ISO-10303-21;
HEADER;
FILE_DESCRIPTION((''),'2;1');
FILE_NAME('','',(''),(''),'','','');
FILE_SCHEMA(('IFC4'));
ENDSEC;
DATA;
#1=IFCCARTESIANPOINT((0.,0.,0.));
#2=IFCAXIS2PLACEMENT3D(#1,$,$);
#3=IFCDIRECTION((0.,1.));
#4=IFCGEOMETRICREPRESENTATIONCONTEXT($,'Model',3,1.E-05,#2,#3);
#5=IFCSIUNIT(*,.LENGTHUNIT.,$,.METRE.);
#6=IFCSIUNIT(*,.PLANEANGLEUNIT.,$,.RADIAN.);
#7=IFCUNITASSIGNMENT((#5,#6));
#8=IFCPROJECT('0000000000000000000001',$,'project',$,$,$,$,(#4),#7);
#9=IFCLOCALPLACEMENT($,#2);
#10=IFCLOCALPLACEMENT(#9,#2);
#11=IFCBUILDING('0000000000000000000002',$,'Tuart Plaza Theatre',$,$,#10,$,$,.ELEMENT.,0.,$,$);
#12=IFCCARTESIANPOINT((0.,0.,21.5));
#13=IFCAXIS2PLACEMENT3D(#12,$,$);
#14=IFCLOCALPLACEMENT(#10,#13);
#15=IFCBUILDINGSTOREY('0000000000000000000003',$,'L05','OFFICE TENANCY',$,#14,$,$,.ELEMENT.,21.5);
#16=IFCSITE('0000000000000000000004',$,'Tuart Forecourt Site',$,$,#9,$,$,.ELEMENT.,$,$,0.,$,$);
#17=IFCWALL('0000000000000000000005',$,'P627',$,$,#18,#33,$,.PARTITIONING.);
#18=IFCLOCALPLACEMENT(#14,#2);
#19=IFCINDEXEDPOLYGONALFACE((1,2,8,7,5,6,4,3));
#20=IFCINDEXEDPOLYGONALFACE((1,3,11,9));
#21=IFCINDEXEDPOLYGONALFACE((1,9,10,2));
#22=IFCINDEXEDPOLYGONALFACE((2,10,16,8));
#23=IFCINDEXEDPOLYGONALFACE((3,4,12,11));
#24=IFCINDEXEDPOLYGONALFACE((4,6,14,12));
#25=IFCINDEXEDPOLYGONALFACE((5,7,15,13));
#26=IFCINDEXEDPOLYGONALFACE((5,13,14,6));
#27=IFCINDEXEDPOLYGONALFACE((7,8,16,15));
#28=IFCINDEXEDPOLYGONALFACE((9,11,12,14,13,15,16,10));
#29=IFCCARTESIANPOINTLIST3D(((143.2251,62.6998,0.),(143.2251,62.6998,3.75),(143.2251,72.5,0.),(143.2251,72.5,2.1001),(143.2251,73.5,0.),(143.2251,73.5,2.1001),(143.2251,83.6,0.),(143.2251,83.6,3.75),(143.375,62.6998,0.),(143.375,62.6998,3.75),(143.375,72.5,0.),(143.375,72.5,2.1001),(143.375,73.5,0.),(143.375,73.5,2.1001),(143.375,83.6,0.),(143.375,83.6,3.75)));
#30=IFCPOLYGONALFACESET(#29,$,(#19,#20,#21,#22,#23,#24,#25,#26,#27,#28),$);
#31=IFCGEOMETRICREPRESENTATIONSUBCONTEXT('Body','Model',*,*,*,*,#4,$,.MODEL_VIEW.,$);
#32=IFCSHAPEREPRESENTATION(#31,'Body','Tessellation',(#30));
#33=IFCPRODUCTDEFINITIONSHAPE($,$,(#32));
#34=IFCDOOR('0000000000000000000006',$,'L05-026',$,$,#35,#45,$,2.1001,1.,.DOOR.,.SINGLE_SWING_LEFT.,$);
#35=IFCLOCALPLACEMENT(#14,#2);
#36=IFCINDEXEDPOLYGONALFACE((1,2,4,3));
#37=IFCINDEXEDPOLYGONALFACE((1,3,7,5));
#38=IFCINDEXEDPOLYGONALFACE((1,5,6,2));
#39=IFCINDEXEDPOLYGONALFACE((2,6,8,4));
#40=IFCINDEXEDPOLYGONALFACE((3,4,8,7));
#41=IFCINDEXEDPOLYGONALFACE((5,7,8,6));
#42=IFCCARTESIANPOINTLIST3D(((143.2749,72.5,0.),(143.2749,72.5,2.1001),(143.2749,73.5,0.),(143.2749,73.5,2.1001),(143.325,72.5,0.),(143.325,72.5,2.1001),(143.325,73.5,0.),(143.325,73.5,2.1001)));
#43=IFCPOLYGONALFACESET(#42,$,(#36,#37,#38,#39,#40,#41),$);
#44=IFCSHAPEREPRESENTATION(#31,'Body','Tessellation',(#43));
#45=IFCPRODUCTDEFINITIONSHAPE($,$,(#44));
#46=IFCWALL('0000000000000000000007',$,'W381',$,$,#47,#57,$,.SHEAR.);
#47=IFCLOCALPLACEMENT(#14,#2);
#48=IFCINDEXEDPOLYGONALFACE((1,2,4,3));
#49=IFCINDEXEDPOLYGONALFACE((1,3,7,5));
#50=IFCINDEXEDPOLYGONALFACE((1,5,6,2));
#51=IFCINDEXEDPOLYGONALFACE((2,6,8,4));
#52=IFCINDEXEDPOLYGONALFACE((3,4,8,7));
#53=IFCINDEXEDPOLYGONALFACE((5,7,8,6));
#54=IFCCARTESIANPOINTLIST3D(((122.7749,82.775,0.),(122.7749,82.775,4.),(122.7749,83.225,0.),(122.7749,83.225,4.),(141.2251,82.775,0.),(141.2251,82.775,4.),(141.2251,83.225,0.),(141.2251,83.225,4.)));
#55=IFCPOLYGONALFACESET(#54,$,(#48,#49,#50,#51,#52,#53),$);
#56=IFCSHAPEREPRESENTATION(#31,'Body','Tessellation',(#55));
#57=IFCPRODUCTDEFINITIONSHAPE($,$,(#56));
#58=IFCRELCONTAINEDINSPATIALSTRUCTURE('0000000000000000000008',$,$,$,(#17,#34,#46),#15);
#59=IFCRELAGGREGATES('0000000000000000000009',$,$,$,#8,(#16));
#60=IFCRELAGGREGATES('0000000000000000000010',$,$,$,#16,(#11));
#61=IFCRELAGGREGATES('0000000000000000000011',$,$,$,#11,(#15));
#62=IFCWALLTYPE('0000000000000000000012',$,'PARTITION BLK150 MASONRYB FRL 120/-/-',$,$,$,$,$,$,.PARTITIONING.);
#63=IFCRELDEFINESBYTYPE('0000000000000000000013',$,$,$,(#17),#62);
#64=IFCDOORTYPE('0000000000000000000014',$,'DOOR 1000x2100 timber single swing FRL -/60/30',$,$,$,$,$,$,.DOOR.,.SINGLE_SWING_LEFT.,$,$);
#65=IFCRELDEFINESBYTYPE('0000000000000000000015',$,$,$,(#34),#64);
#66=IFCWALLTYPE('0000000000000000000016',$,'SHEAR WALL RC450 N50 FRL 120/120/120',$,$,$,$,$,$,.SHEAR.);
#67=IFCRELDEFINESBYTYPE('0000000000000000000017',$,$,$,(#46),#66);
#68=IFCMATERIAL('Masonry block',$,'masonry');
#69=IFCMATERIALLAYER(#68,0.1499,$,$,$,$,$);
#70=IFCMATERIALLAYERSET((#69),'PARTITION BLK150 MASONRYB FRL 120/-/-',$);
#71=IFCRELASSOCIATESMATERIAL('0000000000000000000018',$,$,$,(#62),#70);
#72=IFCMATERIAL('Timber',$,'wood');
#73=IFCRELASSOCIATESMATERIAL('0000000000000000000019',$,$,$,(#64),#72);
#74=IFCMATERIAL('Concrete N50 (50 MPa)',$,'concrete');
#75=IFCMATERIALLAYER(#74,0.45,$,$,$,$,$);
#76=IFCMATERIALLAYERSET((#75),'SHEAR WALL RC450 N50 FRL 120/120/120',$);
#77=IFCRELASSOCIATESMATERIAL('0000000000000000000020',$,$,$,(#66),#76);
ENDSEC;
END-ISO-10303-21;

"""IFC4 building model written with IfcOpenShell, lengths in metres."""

from ifc_helpers import new_model, si_unit, direction, frame, frame_2d, origin, place, context, subcontext, project, spatial, rectangle, extrude, material, layer, layer_set, type_object, element, fill, save


model = new_model("IFC4")

# Units and contexts
model_context = context("Model", 3, precision=1e-05, world=origin(), true_north=direction((0.0, 1.0)))
body_context = subcontext(model_context, "Body", "Model", "MODEL_VIEW")
ifc_project = project(units=[si_unit("LENGTHUNIT", "METRE"), si_unit("PLANEANGLEUNIT", "RADIAN")], contexts=[model_context])

# Site, building, storey
site_placement = place(None, origin())
site = spatial("IfcSite", under=ifc_project, at=site_placement, Name="Tuart Forecourt Site", CompositionType="ELEMENT", RefElevation=0.0)
building_placement = place(site_placement, origin())
building = spatial("IfcBuilding", under=site, at=building_placement, Name="Tuart Plaza Theatre", CompositionType="ELEMENT", ElevationOfRefHeight=0.0)
storey_placement = place(building_placement, frame((0.0, 0.0, 21.5)))
storey = spatial("IfcBuildingStorey", under=building, at=storey_placement, Name="L05", Description="OFFICE TENANCY", CompositionType="ELEMENT", Elevation=21.5)

# Wall, opening, door
ifc_material_1 = material(Name="Masonry block", Category="masonry")
ifc_layer_1 = layer(ifc_material_1, 0.1499)
ifc_layer_set_1 = layer_set([ifc_layer_1], Name="PARTITION BLK150 MASONRYB FRL 120/-/-")
wall_type_1 = type_object("IfcWallType", Name="PARTITION BLK150 MASONRYB FRL 120/-/-", PredefinedType="PARTITIONING", material=ifc_layer_set_1)
wall_1_placement = place(storey_placement, frame((143.3, 83.6001, 0.0), z_axis=(0.0, 0.0, 1.0), x_axis=(0.0, -1.0, 0.0)))
wall_1 = element("IfcWall", 1, at=wall_1_placement, inside=storey, type_object=wall_type_1, Name="P627", PredefinedType="PARTITIONING", context=body_context, shape_type="SweptSolid", body=[
    extrude(rectangle(XDim=20.9001, YDim=0.1499, at=frame_2d((10.4502, 0.0))), origin(), (0.0, 0.0, 1.0), 3.75),
])
opening_placement = place(wall_1_placement, frame((10.1001, 0.0, 0.0)))
opening = element("IfcOpeningElement", 2, at=opening_placement, cuts=wall_1, PredefinedType="OPENING", context=body_context, shape_type="SweptSolid", body=[
    extrude(rectangle(XDim=1.0, YDim=2.1001, at=frame_2d((0.5, 1.05))), frame((0.0, 0.085, 0.0), z_axis=(0.0, -1.0, 0.0), x_axis=(1.0, 0.0, 0.0)), (0.0, 0.0, 1.0), 0.1699),
])
ifc_material_2 = material(Name="Timber", Category="wood")
door_type = type_object("IfcDoorType", Name="DOOR 1000x2100 timber single swing FRL -/60/30", OperationType="SINGLE_SWING_LEFT", PredefinedType="DOOR", material=ifc_material_2)
door_placement = place(opening_placement, origin())
door = element("IfcDoor", 3, at=door_placement, inside=storey, type_object=door_type, Name="L05-026", OperationType="SINGLE_SWING_LEFT", OverallHeight=2.1001, OverallWidth=1.0, PredefinedType="DOOR", context=body_context, shape_type="SweptSolid", body=[
    extrude(rectangle(XDim=1.0, YDim=2.1001, at=frame_2d((0.5, 1.05))), frame((0.0, 0.0249, 0.0), z_axis=(0.0, -1.0, 0.0), x_axis=(1.0, 0.0, 0.0)), (0.0, 0.0, 1.0), 0.05),
])
fill(opening, door)

# Wall
ifc_material_3 = material(Name="Concrete N50 (50 MPa)", Category="concrete")
ifc_layer_2 = layer(ifc_material_3, 0.45)
ifc_layer_set_2 = layer_set([ifc_layer_2], Name="SHEAR WALL RC450 N50 FRL 120/120/120")
wall_type_2 = type_object("IfcWallType", Name="SHEAR WALL RC450 N50 FRL 120/120/120", PredefinedType="SHEAR", material=ifc_layer_set_2)
wall_2_placement = place(storey_placement, frame((141.2251, 83.0, 0.0), z_axis=(0.0, 0.0, 1.0), x_axis=(-1.0, 0.0, 0.0)))
element("IfcWall", 4, at=wall_2_placement, inside=storey, type_object=wall_type_2, Name="W381", PredefinedType="SHEAR", context=body_context, shape_type="SweptSolid", body=[
    extrude(rectangle(XDim=18.4502, YDim=0.45, at=frame_2d((9.2251, 0.0))), origin(), (0.0, 0.0, 1.0), 4.0),
])

save(model, "model.ifc")
